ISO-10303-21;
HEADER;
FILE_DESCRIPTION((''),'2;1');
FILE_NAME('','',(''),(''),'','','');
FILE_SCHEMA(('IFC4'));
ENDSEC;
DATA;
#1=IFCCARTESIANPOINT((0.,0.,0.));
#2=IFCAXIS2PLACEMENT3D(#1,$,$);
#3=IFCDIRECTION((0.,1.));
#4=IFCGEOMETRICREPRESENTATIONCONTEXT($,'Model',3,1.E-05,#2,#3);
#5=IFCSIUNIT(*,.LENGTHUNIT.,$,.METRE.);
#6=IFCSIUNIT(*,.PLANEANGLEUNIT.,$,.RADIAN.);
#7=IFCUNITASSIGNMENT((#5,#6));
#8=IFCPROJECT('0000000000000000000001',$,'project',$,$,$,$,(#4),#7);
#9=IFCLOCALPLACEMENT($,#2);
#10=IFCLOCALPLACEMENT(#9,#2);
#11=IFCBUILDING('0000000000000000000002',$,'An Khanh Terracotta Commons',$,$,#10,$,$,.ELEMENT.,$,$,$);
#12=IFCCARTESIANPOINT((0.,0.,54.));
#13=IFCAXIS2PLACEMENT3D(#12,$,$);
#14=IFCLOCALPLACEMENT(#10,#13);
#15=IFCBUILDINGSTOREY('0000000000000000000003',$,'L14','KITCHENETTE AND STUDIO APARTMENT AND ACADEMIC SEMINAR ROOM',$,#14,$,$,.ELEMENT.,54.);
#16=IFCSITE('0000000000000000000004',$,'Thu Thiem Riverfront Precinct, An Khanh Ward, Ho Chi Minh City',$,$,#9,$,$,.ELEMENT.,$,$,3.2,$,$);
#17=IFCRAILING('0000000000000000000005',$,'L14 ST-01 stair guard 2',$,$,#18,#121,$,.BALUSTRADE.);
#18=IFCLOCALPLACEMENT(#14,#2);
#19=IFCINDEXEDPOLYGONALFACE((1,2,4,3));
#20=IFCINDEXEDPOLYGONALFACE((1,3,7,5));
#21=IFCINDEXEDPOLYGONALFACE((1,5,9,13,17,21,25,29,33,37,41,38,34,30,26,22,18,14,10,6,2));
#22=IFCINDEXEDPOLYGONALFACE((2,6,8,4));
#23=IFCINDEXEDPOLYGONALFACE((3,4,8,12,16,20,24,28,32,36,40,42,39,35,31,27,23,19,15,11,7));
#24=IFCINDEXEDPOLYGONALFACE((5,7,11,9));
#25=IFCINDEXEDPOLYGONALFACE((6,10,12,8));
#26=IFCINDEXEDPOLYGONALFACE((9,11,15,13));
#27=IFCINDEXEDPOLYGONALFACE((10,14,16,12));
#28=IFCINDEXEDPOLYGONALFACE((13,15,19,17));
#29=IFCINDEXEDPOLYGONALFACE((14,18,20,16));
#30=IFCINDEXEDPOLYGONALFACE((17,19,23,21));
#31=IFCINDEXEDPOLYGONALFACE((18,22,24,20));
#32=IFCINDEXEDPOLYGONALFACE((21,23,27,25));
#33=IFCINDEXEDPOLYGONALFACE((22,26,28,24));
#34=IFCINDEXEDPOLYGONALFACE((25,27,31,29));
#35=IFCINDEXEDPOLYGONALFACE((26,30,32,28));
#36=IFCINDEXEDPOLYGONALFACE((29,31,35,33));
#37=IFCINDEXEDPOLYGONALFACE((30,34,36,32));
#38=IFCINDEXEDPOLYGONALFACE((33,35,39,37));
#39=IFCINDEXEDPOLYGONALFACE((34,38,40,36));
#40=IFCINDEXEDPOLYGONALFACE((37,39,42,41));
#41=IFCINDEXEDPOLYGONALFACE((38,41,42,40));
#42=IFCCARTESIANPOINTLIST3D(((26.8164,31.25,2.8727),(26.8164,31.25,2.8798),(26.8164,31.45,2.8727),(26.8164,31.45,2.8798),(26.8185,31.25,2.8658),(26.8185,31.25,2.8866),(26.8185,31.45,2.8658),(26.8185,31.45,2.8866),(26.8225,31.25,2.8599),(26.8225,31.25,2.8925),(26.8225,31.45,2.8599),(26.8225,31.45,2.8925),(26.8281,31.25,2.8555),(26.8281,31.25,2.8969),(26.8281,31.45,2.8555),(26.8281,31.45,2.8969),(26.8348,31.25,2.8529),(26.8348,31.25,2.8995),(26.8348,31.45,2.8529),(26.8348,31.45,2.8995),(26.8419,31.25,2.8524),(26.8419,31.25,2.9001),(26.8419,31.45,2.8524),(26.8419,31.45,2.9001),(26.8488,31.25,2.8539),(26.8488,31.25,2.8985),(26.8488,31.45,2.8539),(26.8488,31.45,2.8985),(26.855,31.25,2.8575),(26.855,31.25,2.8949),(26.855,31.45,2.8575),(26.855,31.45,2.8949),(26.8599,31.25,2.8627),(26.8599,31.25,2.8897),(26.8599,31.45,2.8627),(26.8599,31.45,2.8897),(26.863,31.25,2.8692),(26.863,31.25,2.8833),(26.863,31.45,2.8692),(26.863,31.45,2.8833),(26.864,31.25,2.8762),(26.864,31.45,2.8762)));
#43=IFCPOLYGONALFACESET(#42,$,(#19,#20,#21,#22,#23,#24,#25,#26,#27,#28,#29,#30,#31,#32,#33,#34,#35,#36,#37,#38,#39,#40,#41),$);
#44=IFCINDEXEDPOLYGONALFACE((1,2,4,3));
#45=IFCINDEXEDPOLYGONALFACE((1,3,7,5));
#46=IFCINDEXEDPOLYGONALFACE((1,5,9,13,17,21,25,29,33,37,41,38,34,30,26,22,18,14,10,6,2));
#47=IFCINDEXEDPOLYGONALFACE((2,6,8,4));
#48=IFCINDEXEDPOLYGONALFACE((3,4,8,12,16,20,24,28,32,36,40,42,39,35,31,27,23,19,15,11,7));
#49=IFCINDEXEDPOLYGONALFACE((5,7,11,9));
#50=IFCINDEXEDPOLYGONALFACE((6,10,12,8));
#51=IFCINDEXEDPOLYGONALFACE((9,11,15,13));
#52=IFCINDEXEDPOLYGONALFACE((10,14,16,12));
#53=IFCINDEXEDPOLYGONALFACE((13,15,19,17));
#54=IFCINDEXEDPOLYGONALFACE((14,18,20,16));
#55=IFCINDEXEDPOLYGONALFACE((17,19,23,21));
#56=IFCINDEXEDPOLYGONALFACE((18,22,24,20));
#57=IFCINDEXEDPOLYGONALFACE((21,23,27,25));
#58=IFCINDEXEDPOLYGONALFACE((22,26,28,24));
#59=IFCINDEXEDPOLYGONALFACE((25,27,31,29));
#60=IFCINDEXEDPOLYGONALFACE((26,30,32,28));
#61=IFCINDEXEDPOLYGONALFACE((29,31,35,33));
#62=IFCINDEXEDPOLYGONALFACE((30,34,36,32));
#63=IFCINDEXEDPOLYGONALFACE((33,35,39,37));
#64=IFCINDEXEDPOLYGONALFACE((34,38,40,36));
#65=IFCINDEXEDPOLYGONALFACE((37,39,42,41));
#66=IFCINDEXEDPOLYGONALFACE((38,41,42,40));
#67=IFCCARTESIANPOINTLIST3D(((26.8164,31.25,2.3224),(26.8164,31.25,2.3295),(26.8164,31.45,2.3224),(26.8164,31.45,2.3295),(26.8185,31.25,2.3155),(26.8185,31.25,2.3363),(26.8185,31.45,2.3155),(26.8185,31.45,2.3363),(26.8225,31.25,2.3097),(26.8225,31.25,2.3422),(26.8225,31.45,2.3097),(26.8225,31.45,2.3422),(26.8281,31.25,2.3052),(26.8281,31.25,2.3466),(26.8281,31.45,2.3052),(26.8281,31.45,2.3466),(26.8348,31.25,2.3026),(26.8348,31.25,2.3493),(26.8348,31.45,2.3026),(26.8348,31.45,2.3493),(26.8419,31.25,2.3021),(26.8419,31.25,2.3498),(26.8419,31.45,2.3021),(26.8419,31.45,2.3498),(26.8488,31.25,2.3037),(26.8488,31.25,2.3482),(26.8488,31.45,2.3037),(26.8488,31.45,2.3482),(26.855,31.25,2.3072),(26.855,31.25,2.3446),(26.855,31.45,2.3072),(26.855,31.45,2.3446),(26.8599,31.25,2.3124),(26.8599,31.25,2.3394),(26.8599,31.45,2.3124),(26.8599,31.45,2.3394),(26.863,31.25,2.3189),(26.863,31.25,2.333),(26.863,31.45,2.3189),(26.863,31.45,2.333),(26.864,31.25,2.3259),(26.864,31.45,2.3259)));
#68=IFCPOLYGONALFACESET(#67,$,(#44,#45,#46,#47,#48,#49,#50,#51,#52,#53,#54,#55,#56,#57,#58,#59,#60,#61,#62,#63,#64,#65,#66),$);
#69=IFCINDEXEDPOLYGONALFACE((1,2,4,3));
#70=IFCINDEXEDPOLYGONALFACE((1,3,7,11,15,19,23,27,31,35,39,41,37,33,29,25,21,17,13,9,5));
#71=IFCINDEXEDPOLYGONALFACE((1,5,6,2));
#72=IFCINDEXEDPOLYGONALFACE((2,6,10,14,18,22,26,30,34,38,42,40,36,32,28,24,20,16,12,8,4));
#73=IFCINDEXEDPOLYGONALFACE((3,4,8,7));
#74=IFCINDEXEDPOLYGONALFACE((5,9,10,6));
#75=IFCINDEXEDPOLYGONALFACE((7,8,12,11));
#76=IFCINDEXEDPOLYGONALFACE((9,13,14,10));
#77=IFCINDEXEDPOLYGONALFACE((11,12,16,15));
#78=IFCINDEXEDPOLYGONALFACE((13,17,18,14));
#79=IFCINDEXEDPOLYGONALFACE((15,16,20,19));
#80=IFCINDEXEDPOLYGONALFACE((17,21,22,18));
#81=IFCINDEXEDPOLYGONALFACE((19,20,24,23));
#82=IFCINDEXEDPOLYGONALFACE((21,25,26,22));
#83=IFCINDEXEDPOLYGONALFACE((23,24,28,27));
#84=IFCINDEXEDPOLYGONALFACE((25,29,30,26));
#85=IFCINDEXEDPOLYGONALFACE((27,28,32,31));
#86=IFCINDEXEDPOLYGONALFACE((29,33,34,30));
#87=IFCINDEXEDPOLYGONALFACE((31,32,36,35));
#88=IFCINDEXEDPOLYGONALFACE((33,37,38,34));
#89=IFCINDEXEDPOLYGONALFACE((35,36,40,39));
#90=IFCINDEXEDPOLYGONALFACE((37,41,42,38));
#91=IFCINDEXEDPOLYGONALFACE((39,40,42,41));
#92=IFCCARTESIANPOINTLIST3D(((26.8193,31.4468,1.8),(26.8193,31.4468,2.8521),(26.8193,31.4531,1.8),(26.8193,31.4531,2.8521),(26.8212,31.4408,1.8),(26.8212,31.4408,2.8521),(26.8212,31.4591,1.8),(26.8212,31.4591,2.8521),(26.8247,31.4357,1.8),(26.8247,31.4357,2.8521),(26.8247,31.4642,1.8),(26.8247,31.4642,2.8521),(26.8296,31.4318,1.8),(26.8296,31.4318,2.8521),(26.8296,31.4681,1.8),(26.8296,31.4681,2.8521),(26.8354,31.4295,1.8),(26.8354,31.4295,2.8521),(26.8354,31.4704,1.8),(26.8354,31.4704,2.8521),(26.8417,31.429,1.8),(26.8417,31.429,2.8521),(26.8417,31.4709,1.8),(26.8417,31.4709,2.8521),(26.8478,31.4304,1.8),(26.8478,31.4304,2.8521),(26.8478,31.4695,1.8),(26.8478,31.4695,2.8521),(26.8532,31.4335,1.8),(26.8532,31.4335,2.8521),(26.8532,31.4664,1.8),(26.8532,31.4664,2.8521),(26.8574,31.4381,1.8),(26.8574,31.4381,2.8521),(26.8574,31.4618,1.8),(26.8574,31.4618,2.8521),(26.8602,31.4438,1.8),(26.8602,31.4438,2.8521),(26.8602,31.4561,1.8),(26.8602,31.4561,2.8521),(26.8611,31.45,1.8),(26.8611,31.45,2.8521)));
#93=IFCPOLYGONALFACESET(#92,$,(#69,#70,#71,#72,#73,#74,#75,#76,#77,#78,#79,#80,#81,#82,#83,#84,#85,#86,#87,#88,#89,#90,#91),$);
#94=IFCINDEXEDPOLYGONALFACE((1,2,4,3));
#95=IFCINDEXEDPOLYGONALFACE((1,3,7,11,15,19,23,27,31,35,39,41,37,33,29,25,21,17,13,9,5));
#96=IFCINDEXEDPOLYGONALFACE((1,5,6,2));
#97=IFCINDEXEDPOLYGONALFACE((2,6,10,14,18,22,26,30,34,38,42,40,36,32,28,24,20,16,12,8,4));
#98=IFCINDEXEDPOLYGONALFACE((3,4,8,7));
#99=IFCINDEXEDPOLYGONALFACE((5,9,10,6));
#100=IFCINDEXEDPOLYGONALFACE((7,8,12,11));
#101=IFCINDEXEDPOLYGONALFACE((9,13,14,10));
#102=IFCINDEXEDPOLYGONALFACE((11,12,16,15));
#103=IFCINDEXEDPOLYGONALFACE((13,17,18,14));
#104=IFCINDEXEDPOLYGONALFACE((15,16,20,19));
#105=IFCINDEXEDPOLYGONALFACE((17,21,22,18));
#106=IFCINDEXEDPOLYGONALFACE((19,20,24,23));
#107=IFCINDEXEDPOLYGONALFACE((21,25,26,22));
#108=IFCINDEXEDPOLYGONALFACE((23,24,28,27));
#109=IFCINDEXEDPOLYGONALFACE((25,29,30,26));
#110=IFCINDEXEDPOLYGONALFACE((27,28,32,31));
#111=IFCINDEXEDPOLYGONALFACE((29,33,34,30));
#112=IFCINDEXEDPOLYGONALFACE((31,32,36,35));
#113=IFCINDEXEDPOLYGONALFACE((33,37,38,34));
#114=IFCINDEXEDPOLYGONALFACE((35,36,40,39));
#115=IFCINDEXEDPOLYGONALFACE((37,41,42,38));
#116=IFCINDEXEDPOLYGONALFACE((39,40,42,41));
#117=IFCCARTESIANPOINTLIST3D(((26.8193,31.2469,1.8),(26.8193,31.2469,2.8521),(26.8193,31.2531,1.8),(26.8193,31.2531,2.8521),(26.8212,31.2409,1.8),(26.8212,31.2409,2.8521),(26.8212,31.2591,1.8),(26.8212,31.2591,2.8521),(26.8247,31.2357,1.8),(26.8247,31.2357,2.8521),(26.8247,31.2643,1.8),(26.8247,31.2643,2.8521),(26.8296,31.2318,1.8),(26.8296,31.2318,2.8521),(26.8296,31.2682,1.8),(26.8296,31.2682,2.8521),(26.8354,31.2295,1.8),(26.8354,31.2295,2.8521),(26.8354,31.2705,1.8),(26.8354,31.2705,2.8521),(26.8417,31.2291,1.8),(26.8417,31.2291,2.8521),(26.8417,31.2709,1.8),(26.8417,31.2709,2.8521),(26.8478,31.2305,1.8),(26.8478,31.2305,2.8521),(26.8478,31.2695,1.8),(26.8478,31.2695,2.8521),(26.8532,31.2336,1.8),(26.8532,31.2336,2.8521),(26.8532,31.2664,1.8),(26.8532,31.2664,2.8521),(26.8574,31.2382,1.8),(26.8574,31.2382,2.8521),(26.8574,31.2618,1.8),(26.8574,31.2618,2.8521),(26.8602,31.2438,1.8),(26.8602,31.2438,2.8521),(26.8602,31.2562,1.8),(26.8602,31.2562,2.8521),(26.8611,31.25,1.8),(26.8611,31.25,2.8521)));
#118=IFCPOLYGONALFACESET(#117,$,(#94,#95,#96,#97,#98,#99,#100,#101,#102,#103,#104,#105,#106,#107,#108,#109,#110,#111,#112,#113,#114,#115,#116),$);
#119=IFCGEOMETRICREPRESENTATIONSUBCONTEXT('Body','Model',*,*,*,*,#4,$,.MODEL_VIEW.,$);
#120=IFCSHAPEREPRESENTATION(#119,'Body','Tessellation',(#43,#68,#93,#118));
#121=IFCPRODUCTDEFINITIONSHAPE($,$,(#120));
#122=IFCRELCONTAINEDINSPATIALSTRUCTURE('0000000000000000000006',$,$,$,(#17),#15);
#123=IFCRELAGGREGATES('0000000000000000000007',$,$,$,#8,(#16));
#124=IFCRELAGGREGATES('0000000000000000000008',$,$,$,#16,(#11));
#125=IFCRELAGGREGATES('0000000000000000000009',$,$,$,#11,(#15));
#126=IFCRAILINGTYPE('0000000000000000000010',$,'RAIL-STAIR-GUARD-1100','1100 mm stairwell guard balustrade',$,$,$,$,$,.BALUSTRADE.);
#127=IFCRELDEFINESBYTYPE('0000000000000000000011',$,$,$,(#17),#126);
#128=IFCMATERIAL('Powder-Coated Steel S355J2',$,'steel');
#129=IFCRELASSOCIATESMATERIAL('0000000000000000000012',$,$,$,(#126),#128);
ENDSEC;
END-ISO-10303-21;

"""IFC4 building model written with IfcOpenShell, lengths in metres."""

from ifc_helpers import new_model, si_unit, direction, frame, origin, origin_2d, place, context, subcontext, project, spatial, circle, extrude, material, type_object, element, save


model = new_model("IFC4")

# Units and contexts
model_context = context("Model", 3, precision=1e-05, world=origin(), true_north=direction((0.0, 1.0)))
body_context = subcontext(model_context, "Body", "Model", "MODEL_VIEW")
ifc_project = project(units=[si_unit("LENGTHUNIT", "METRE"), si_unit("PLANEANGLEUNIT", "RADIAN")], contexts=[model_context])

# Site, building, storey
site_placement = place(None, origin())
site = spatial("IfcSite", under=ifc_project, at=site_placement, Name="Thu Thiem Riverfront Precinct, An Khanh Ward, Ho Chi Minh City", CompositionType="ELEMENT", RefElevation=3.2)
building_placement = place(site_placement, origin())
building = spatial("IfcBuilding", under=site, at=building_placement, Name="An Khanh Terracotta Commons", CompositionType="ELEMENT")
storey_placement = place(building_placement, frame((0.0, 0.0, 54.0)))
storey = spatial("IfcBuildingStorey", under=building, at=storey_placement, Name="L14", Description="KITCHENETTE AND STUDIO APARTMENT AND ACADEMIC SEMINAR ROOM", CompositionType="ELEMENT", Elevation=54.0)

# Railing
ifc_material_1 = material(Name="Powder-Coated Steel S355J2", Category="steel")
railing_type_1 = type_object("IfcRailingType", Name="RAIL-STAIR-GUARD-1100", Description="1100 mm stairwell guard balustrade", PredefinedType="BALUSTRADE", material=ifc_material_1)
railing_1_placement = place(storey_placement, frame((26.8401, 31.45, 1.8)))
element("IfcRailing", 1, at=railing_1_placement, inside=storey, type_object=railing_type_1, Name="L14 ST-01 stair guard 2", PredefinedType="BALUSTRADE", context=body_context, shape_type="SweptSolid", body=[
    extrude(circle(Radius=0.0239, at=origin_2d()), frame((0.0, 0.0, 1.0762), z_axis=(0.0, -1.0, 0.0), x_axis=(1.0, 0.0, 0.0)), (0.0, 0.0, 1.0), 0.2),
    extrude(circle(Radius=0.0239, at=origin_2d()), frame((0.0, 0.0, 0.5259), z_axis=(0.0, -1.0, 0.0), x_axis=(1.0, 0.0, 0.0)), (0.0, 0.0, 1.0), 0.2),
    extrude(circle(Radius=0.021, at=origin_2d()), origin(), (0.0, 0.0, 1.0), 1.052),
    extrude(circle(Radius=0.021, at=origin_2d()), frame((0.0, -0.2, 0.0)), (0.0, 0.0, 1.0), 1.052),
])

save(model, "model.ifc")
